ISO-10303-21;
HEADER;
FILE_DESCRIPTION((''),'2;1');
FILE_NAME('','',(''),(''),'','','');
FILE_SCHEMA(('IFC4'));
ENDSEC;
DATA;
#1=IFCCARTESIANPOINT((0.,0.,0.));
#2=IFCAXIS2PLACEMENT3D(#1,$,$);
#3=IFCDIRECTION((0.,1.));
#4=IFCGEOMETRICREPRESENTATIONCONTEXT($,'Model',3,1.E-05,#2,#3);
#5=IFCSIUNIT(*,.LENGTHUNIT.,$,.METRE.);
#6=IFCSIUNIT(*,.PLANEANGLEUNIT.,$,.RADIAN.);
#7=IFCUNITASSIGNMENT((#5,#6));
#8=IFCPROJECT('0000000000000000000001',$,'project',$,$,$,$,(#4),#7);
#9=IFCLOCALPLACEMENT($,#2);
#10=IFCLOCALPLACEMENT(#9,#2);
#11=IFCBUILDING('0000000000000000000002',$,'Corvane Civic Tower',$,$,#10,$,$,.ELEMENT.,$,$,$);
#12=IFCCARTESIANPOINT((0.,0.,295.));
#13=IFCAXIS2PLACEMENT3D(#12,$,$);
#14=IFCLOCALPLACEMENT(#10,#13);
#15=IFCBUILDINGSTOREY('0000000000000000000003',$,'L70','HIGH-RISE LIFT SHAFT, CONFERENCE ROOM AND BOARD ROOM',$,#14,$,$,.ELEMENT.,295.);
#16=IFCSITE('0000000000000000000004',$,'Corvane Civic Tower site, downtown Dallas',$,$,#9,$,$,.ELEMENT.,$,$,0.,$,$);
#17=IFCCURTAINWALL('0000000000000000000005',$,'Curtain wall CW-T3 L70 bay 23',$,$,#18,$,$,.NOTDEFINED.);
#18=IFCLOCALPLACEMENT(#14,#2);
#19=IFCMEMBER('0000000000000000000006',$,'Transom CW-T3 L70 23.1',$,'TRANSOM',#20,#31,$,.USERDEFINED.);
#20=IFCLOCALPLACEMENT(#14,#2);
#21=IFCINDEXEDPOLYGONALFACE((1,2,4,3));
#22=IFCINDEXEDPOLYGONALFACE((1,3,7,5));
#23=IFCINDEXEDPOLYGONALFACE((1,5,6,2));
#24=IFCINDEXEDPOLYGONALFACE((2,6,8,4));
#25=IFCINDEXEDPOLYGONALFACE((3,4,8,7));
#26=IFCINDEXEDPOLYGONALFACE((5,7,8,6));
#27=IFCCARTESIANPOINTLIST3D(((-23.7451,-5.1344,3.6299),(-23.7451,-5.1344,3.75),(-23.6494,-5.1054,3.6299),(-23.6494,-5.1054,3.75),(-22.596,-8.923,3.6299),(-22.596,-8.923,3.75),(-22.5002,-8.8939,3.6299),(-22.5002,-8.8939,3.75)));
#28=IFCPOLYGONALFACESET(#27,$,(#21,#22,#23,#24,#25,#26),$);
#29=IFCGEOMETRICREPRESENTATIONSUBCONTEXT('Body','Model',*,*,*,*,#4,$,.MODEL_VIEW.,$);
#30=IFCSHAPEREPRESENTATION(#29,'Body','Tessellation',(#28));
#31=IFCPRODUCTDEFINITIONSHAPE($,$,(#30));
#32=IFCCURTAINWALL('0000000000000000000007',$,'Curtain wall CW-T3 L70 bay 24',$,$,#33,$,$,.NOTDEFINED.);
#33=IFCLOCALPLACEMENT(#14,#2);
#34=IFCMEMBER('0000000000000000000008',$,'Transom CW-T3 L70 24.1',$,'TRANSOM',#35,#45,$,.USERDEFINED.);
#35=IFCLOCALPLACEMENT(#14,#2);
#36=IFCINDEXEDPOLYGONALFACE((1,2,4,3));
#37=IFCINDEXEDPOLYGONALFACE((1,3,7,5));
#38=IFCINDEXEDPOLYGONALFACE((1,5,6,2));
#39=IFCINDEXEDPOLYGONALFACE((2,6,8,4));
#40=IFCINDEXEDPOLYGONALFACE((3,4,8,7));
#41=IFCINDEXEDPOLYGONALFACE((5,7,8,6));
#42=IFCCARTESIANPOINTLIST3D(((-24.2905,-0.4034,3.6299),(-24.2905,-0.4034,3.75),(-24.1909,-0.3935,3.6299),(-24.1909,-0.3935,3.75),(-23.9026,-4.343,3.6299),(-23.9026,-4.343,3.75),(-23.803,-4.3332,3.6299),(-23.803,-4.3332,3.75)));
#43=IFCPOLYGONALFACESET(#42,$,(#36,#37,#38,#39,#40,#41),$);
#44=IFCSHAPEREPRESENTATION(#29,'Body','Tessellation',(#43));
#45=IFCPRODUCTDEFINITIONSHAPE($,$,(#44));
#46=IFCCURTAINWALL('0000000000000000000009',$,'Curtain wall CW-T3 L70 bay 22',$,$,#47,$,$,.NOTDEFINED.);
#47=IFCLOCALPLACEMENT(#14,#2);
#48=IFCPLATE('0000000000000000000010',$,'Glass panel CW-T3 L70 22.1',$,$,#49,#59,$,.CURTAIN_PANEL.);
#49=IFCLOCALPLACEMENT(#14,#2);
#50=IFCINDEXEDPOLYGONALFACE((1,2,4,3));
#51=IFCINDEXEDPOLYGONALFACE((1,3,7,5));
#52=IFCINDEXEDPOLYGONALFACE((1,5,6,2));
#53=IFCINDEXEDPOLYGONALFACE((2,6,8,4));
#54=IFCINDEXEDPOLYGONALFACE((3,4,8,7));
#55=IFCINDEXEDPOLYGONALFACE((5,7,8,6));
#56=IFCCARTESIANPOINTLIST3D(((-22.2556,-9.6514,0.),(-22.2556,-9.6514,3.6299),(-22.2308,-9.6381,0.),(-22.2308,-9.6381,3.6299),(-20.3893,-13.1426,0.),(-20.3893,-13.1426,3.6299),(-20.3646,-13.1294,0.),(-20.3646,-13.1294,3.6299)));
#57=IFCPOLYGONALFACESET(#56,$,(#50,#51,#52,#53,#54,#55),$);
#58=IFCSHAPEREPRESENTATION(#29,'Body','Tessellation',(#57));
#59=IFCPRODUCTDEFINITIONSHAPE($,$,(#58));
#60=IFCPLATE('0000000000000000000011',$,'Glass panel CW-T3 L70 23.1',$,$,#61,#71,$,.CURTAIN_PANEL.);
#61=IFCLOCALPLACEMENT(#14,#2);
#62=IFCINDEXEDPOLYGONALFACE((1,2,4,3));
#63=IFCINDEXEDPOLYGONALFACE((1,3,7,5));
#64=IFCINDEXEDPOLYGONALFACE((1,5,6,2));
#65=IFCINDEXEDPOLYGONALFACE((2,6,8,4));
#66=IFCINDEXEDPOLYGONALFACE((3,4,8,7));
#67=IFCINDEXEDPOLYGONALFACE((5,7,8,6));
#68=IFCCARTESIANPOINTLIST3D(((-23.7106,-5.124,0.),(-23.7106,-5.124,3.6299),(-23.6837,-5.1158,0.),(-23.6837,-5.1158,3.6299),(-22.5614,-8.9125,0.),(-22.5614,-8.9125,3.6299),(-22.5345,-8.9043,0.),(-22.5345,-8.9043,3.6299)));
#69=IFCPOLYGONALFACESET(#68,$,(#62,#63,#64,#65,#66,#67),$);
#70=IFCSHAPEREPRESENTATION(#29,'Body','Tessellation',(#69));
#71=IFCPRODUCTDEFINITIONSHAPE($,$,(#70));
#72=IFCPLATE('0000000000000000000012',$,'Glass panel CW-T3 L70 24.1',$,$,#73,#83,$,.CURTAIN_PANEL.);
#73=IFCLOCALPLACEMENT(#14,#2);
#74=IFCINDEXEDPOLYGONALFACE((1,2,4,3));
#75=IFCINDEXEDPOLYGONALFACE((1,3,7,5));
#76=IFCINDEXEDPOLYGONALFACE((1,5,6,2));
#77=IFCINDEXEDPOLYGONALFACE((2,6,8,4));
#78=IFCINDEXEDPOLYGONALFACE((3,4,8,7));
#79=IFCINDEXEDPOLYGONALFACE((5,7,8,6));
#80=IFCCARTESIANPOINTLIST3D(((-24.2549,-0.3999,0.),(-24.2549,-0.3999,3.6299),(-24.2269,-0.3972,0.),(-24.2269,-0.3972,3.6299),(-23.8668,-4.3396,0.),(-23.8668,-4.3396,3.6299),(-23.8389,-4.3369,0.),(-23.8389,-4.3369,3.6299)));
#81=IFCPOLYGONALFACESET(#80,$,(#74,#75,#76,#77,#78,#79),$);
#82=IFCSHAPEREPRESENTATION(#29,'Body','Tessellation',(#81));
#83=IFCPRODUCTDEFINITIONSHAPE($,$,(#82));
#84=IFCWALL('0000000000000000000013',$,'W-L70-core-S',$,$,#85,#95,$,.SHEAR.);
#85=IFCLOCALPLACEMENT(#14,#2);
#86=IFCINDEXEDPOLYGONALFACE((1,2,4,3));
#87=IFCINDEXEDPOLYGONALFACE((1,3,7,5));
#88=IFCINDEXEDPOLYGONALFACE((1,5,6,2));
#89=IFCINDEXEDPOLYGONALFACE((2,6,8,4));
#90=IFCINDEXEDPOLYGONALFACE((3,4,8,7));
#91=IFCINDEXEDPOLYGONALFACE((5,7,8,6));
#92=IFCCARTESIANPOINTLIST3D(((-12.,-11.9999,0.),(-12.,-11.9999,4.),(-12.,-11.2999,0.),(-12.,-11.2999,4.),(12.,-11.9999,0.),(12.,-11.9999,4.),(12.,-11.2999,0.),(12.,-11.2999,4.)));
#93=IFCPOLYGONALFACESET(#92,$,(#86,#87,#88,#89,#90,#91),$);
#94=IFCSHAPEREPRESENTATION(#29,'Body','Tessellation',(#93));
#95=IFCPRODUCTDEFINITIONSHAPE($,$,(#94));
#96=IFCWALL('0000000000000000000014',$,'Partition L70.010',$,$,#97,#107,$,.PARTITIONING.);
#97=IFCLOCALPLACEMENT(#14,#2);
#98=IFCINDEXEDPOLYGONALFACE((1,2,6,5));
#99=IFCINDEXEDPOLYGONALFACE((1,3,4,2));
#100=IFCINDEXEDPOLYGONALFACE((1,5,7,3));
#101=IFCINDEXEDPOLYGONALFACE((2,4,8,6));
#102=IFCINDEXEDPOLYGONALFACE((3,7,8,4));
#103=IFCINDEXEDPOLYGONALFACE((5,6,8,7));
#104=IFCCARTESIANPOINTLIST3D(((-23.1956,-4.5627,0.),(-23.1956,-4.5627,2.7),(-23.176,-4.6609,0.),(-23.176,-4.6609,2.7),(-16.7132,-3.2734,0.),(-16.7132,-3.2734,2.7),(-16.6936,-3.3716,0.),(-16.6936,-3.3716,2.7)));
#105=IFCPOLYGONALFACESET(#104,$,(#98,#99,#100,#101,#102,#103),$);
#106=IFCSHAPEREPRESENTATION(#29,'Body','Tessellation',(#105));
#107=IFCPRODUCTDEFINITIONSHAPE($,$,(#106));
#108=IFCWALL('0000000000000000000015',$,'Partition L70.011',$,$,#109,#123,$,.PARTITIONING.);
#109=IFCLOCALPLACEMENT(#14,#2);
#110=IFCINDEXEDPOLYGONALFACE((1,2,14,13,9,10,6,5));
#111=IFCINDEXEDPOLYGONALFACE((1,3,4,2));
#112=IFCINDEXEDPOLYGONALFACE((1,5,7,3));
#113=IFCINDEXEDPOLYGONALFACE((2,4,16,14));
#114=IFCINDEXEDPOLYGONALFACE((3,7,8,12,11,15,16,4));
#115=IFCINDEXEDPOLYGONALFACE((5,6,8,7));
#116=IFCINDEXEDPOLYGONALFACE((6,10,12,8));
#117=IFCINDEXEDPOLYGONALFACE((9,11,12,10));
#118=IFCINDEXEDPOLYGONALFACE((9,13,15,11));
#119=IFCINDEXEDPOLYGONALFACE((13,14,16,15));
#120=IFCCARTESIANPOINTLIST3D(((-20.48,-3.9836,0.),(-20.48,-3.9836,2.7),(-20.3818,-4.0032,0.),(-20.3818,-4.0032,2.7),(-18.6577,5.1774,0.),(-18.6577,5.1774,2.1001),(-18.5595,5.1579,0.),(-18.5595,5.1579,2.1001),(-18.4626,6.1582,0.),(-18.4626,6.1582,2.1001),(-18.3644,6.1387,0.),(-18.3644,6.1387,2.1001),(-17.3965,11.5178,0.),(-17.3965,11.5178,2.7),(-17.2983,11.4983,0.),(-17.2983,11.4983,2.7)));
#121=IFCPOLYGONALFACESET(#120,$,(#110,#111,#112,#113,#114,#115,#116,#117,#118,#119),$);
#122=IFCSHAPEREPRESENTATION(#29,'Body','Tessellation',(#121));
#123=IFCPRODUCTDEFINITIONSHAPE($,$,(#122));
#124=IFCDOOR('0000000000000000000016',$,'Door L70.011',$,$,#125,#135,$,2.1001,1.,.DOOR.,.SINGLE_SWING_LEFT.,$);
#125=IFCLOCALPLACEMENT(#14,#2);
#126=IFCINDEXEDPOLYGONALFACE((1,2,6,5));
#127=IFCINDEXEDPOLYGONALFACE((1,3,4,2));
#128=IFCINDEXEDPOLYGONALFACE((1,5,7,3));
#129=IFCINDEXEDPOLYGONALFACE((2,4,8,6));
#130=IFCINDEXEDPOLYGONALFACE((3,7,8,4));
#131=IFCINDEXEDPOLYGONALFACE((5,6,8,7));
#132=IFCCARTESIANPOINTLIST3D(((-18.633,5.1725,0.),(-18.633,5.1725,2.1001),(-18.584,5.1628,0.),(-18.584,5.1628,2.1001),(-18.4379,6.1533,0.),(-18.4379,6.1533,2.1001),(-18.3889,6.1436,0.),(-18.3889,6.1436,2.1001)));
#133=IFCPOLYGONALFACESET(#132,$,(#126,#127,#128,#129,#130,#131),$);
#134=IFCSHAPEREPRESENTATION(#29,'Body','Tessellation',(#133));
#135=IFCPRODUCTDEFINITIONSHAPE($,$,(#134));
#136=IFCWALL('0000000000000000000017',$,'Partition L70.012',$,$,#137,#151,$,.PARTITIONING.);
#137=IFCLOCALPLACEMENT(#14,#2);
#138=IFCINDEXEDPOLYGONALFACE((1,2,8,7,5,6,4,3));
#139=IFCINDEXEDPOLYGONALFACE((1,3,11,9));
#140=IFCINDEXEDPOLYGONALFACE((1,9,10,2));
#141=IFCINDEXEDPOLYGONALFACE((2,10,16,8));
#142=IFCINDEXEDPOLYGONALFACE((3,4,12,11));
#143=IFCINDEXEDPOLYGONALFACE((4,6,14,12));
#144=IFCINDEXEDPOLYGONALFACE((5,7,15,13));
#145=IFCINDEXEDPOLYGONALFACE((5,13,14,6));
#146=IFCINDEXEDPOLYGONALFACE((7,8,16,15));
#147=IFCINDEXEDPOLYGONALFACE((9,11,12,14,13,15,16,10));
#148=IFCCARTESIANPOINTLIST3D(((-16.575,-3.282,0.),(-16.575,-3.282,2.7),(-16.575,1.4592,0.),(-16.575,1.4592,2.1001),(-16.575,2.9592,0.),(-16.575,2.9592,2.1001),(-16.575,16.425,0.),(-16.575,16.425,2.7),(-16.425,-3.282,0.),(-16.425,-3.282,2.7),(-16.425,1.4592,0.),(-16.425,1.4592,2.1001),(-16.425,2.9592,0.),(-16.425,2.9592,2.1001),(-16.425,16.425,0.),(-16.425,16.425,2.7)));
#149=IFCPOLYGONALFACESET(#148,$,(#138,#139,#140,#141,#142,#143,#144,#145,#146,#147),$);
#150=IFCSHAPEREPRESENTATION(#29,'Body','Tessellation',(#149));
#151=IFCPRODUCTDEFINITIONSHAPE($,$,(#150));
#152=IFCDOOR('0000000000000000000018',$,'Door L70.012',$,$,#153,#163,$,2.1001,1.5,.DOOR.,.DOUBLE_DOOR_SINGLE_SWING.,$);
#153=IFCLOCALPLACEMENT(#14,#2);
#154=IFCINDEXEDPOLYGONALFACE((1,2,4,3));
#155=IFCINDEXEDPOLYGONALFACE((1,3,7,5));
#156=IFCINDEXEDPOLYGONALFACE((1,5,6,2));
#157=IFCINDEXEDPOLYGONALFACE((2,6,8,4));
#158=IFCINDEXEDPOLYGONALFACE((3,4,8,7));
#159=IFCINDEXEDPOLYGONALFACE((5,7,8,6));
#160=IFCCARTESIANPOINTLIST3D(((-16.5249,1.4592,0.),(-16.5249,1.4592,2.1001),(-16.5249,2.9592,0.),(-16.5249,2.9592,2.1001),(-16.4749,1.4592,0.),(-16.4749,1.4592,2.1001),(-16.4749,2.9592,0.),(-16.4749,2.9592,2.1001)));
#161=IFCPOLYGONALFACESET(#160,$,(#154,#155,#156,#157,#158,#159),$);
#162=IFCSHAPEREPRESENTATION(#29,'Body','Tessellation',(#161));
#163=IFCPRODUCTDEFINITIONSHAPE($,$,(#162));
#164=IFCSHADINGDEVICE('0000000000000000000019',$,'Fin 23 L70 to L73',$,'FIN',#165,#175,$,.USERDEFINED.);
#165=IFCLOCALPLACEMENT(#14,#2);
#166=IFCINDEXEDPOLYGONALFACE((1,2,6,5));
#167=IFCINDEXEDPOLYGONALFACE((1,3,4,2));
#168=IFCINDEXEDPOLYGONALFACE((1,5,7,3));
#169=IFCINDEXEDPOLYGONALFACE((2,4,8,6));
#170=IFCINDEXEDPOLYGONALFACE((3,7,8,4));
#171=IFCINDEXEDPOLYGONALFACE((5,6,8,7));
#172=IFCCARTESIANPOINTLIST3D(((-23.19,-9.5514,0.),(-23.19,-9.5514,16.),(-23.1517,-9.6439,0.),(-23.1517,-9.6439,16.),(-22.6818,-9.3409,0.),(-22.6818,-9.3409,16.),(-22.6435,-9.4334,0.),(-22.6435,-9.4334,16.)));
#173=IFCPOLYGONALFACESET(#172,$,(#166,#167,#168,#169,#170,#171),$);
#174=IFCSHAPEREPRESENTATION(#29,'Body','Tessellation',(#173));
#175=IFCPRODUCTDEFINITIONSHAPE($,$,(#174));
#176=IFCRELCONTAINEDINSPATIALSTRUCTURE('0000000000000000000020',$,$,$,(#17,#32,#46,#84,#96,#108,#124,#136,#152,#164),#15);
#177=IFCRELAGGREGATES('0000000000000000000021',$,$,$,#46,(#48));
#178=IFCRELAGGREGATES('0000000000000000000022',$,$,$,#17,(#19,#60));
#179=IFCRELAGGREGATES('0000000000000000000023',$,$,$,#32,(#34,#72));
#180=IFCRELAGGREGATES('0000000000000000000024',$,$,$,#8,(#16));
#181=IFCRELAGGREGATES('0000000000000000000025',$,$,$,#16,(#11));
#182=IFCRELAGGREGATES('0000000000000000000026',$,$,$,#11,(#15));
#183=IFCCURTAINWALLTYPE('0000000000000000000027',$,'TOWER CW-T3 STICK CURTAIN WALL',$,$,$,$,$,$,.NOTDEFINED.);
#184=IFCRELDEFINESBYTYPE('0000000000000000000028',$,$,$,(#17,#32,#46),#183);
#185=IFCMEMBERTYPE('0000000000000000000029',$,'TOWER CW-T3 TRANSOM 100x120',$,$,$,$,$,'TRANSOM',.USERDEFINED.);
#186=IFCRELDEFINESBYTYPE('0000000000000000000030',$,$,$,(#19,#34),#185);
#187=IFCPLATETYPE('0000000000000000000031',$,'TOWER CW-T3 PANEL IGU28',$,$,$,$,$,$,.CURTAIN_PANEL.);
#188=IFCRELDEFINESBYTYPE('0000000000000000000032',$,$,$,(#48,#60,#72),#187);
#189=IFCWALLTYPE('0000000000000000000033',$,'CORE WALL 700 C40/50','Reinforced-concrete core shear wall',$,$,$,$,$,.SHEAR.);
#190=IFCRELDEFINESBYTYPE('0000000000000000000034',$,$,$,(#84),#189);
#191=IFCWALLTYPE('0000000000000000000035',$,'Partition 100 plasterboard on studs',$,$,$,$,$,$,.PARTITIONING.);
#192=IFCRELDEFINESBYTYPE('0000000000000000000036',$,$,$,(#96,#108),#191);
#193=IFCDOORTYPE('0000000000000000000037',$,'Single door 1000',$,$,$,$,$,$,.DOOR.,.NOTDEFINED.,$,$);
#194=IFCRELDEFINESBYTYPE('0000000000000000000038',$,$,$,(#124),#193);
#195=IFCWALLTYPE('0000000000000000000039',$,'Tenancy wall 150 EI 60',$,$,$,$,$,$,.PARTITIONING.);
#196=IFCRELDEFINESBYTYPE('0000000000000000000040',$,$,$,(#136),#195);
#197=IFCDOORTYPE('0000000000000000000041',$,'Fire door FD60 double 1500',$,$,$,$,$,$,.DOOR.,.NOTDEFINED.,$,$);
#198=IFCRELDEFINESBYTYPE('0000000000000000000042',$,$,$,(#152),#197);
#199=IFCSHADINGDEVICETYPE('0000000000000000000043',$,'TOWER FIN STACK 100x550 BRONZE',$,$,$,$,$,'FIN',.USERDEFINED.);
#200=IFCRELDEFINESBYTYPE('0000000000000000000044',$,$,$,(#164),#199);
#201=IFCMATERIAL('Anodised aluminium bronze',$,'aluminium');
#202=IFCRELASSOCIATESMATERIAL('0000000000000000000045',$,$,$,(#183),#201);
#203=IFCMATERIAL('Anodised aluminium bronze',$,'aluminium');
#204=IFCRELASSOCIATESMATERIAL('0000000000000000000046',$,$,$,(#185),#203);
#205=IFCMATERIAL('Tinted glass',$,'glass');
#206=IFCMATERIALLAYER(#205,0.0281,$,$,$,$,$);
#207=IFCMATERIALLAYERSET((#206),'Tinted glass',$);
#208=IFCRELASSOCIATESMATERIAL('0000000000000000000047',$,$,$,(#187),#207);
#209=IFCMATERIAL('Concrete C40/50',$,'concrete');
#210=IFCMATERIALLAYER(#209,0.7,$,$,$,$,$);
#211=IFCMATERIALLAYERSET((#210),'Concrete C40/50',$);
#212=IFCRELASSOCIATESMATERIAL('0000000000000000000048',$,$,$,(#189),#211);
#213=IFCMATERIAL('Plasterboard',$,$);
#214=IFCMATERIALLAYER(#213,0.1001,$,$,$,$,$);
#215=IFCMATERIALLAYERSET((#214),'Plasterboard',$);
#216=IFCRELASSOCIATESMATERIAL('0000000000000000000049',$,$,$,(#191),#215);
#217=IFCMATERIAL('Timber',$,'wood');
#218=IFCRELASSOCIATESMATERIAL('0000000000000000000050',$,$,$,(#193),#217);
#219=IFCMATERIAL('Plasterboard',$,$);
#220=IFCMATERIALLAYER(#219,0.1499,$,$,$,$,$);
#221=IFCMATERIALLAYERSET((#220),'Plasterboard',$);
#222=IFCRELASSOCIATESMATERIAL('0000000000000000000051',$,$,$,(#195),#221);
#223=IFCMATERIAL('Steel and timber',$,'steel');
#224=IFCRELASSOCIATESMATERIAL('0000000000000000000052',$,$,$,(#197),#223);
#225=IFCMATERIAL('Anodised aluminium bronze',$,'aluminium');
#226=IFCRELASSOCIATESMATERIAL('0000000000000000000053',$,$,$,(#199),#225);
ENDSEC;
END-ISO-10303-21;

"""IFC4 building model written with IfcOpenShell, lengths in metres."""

from ifc_helpers import new_model, si_unit, direction, frame, frame_2d, origin, origin_2d, place, context, subcontext, project, spatial, rectangle, extrude, material, layer, layer_set, material_profile, profile_set, type_object, element, fill, aggregate, save


model = new_model("IFC4")

# Units and contexts
model_context = context("Model", 3, precision=1e-05, world=origin(), true_north=direction((0.0, 1.0)))
body_context = subcontext(model_context, "Body", "Model", "MODEL_VIEW")
ifc_project = project(units=[si_unit("LENGTHUNIT", "METRE"), si_unit("PLANEANGLEUNIT", "RADIAN")], contexts=[model_context])

# Site, building, storey
site_placement = place(None, origin())
site = spatial("IfcSite", under=ifc_project, at=site_placement, Name="Corvane Civic Tower site, downtown Dallas", CompositionType="ELEMENT", RefElevation=0.0)
building_placement = place(site_placement, origin())
building = spatial("IfcBuilding", under=site, at=building_placement, Name="Corvane Civic Tower", CompositionType="ELEMENT")
storey_placement = place(building_placement, frame((0.0, 0.0, 295.0)))
storey = spatial("IfcBuildingStorey", under=building, at=storey_placement, Name="L70", Description="HIGH-RISE LIFT SHAFT, CONFERENCE ROOM AND BOARD ROOM", CompositionType="ELEMENT", Elevation=295.0)

# Curtain walls, members
ifc_material_1 = material(Name="Anodised aluminium bronze", Category="aluminium")
curtain_wall_type = type_object("IfcCurtainWallType", Name="TOWER CW-T3 STICK CURTAIN WALL", PredefinedType="NOTDEFINED", material=ifc_material_1)
curtain_wall_1_placement = place(storey_placement, origin())
curtain_wall_1 = element("IfcCurtainWall", 1, at=curtain_wall_1_placement, inside=storey, type_object=curtain_wall_type, Name="Curtain wall CW-T3 L70 bay 23", PredefinedType="NOTDEFINED")
ifc_material_2 = material(Name="Anodised aluminium bronze", Category="aluminium")
ifc_material_profile_1 = material_profile(ifc_material_2, rectangle(XDim=0.1001, YDim=0.1201, at=origin_2d()), Name="TOWER CW-T3 TRANSOM 100x120")
ifc_profile_set_1 = profile_set([ifc_material_profile_1], Name="Anodised aluminium bronze")
member_type = type_object("IfcMemberType", Name="TOWER CW-T3 TRANSOM 100x120", ElementType="TRANSOM", PredefinedType="USERDEFINED", material=ifc_profile_set_1)
member_1_placement = place(storey_placement, frame((-22.5481, -8.9084, 3.6899), z_axis=(-0.290266, 0.956946, 0.0), x_axis=(-0.956946, -0.290266, 0.0)))
member_1 = element("IfcMember", 2, at=member_1_placement, type_object=member_type, Name="Transom CW-T3 L70 23.1", ObjectType="TRANSOM", PredefinedType="USERDEFINED", context=body_context, shape_type="SweptSolid", body=[
    extrude(rectangle(XDim=0.1001, YDim=0.1201, at=origin_2d()), origin(), (0.0, 0.0, 1.0), 3.959),
])
curtain_wall_2_placement = place(storey_placement, origin())
curtain_wall_2 = element("IfcCurtainWall", 3, at=curtain_wall_2_placement, inside=storey, type_object=curtain_wall_type, Name="Curtain wall CW-T3 L70 bay 24", PredefinedType="NOTDEFINED")
member_2_placement = place(storey_placement, frame((-23.8528, -4.3381, 3.6899), z_axis=(-0.097995, 0.995187, 0.0), x_axis=(-0.995187, -0.097995, 0.0)))
member_2 = element("IfcMember", 4, at=member_2_placement, type_object=member_type, Name="Transom CW-T3 L70 24.1", ObjectType="TRANSOM", PredefinedType="USERDEFINED", context=body_context, shape_type="SweptSolid", body=[
    extrude(rectangle(XDim=0.1001, YDim=0.1201, at=origin_2d()), origin(), (0.0, 0.0, 1.0), 3.9587),
])

# Curtain wall, plate
curtain_wall_3_placement = place(storey_placement, origin())
curtain_wall_3 = element("IfcCurtainWall", 5, at=curtain_wall_3_placement, inside=storey, type_object=curtain_wall_type, Name="Curtain wall CW-T3 L70 bay 22", PredefinedType="NOTDEFINED")
ifc_material_3 = material(Name="Tinted glass", Category="glass")
ifc_layer_1 = layer(ifc_material_3, 0.0281)
ifc_layer_set_1 = layer_set([ifc_layer_1], Name="Tinted glass")
plate_type = type_object("IfcPlateType", Name="TOWER CW-T3 PANEL IGU28", PredefinedType="CURTAIN_PANEL", material=ifc_layer_set_1)
plate_1_placement = place(storey_placement, frame((-21.3101, -11.3904, 0.0), z_axis=(0.0, 0.0, 1.0), x_axis=(-0.471421, 0.881908, 0.0)))
plate_1 = element("IfcPlate", 6, at=plate_1_placement, type_object=plate_type, Name="Glass panel CW-T3 L70 22.1", PredefinedType="CURTAIN_PANEL", context=body_context, shape_type="SweptSolid", body=[
    extrude(rectangle(XDim=3.9587, YDim=0.0281, at=origin_2d()), origin(), (0.0, 0.0, 1.0), 3.6299),
])
aggregate(curtain_wall_3, [plate_1])

# Plates
plate_2_placement = place(storey_placement, frame((-23.1226, -7.0142, 0.0), z_axis=(0.0, 0.0, 1.0), x_axis=(-0.290274, 0.956944, 0.0)))
plate_2 = element("IfcPlate", 7, at=plate_2_placement, type_object=plate_type, Name="Glass panel CW-T3 L70 23.1", PredefinedType="CURTAIN_PANEL", context=body_context, shape_type="SweptSolid", body=[
    extrude(rectangle(XDim=3.959, YDim=0.0281, at=origin_2d()), origin(), (0.0, 0.0, 1.0), 3.6299),
])
aggregate(curtain_wall_1, [member_1, plate_2])
plate_3_placement = place(storey_placement, frame((-24.0469, -2.3684, 0.0), z_axis=(0.0, 0.0, 1.0), x_axis=(-0.098021, 0.995184, 0.0)))
plate_3 = element("IfcPlate", 8, at=plate_3_placement, type_object=plate_type, Name="Glass panel CW-T3 L70 24.1", PredefinedType="CURTAIN_PANEL", context=body_context, shape_type="SweptSolid", body=[
    extrude(rectangle(XDim=3.9587, YDim=0.0281, at=origin_2d()), origin(), (0.0, 0.0, 1.0), 3.6299),
])
aggregate(curtain_wall_2, [member_2, plate_3])

# Walls
ifc_material_4 = material(Name="Concrete C40/50", Category="concrete")
ifc_layer_2 = layer(ifc_material_4, 0.7)
ifc_layer_set_2 = layer_set([ifc_layer_2], Name="Concrete C40/50")
wall_type_1 = type_object("IfcWallType", Name="CORE WALL 700 C40/50", Description="Reinforced-concrete core shear wall", PredefinedType="SHEAR", material=ifc_layer_set_2)
wall_1_placement = place(storey_placement, frame((-12.0, -11.6499, 0.0), z_axis=(0.0, 0.0, 1.0), x_axis=(1.0, 0.0, 0.0)))
element("IfcWall", 9, at=wall_1_placement, inside=storey, type_object=wall_type_1, Name="W-L70-core-S", PredefinedType="SHEAR", context=body_context, shape_type="SweptSolid", body=[
    extrude(rectangle(XDim=24.0, YDim=0.7, at=frame_2d((12.0, 0.0))), origin(), (0.0, 0.0, 1.0), 4.0),
])
ifc_material_5 = material(Name="Plasterboard")
ifc_layer_3 = layer(ifc_material_5, 0.1001)
ifc_layer_set_3 = layer_set([ifc_layer_3], Name="Plasterboard")
wall_type_2 = type_object("IfcWallType", Name="Partition 100 plasterboard on studs", PredefinedType="PARTITIONING", material=ifc_layer_set_3)
wall_2_placement = place(storey_placement, frame((-23.1858, -4.6118, 0.0), z_axis=(0.0, 0.0, 1.0), x_axis=(0.980789, 0.195072, 0.0)))
element("IfcWall", 10, at=wall_2_placement, inside=storey, type_object=wall_type_2, Name="Partition L70.010", PredefinedType="PARTITIONING", context=body_context, shape_type="SweptSolid", body=[
    extrude(rectangle(XDim=6.6094, YDim=0.1001, at=frame_2d((3.3047, 0.0))), origin(), (0.0, 0.0, 1.0), 2.7),
])

# Walls, openings, doors
wall_3_placement = place(storey_placement, frame((-20.4309, -3.9934, 0.0), z_axis=(0.0, 0.0, 1.0), x_axis=(0.195094, 0.980785, 0.0)))
wall_3 = element("IfcWall", 11, at=wall_3_placement, inside=storey, type_object=wall_type_2, Name="Partition L70.011", PredefinedType="PARTITIONING", context=body_context, shape_type="SweptSolid", body=[
    extrude(rectangle(XDim=15.8052, YDim=0.1001, at=frame_2d((7.9026, 0.0))), origin(), (0.0, 0.0, 1.0), 2.7),
])
opening_1_placement = place(wall_3_placement, frame((9.3406, 0.0, 0.0)))
opening_1 = element("IfcOpeningElement", 12, at=opening_1_placement, cuts=wall_3, PredefinedType="OPENING", context=body_context, shape_type="SweptSolid", body=[
    extrude(rectangle(XDim=1.0, YDim=2.1001, at=frame_2d((0.5, 1.05))), frame((0.0, 0.0601, 0.0), z_axis=(0.0, -1.0, 0.0), x_axis=(1.0, 0.0, 0.0)), (0.0, 0.0, 1.0), 0.1201),
])
ifc_material_6 = material(Name="Timber", Category="wood")
door_type_1 = type_object("IfcDoorType", Name="Single door 1000", OperationType="NOTDEFINED", PredefinedType="DOOR", material=ifc_material_6)
door_1_placement = place(opening_1_placement, origin())
door_1 = element("IfcDoor", 13, at=door_1_placement, inside=storey, type_object=door_type_1, Name="Door L70.011", OperationType="SINGLE_SWING_LEFT", OverallHeight=2.1001, OverallWidth=1.0, PredefinedType="DOOR", context=body_context, shape_type="SweptSolid", body=[
    extrude(rectangle(XDim=1.0, YDim=2.1001, at=frame_2d((0.5, 1.05))), frame((0.0, 0.0249, 0.0), z_axis=(0.0, -1.0, 0.0), x_axis=(1.0, 0.0, 0.0)), (0.0, 0.0, 1.0), 0.05),
])
fill(opening_1, door_1)
ifc_material_7 = material(Name="Plasterboard")
ifc_layer_4 = layer(ifc_material_7, 0.1499)
ifc_layer_set_4 = layer_set([ifc_layer_4], Name="Plasterboard")
wall_type_3 = type_object("IfcWallType", Name="Tenancy wall 150 EI 60", PredefinedType="PARTITIONING", material=ifc_layer_set_4)
wall_4_placement = place(storey_placement, frame((-16.5, -3.282, 0.0), z_axis=(0.0, 0.0, 1.0), x_axis=(0.0, 1.0, 0.0)))
wall_4 = element("IfcWall", 14, at=wall_4_placement, inside=storey, type_object=wall_type_3, Name="Partition L70.012", PredefinedType="PARTITIONING", context=body_context, shape_type="SweptSolid", body=[
    extrude(rectangle(XDim=19.707, YDim=0.1499, at=frame_2d((9.8535, 0.0))), origin(), (0.0, 0.0, 1.0), 2.7),
])
opening_2_placement = place(wall_4_placement, frame((4.7412, 0.0, 0.0)))
opening_2 = element("IfcOpeningElement", 15, at=opening_2_placement, cuts=wall_4, PredefinedType="OPENING", context=body_context, shape_type="SweptSolid", body=[
    extrude(rectangle(XDim=1.5, YDim=2.1001, at=frame_2d((0.75, 1.05))), frame((0.0, 0.085, 0.0), z_axis=(0.0, -1.0, 0.0), x_axis=(1.0, 0.0, 0.0)), (0.0, 0.0, 1.0), 0.1699),
])
ifc_material_8 = material(Name="Steel and timber", Category="steel")
door_type_2 = type_object("IfcDoorType", Name="Fire door FD60 double 1500", OperationType="NOTDEFINED", PredefinedType="DOOR", material=ifc_material_8)
door_2_placement = place(opening_2_placement, origin())
door_2 = element("IfcDoor", 16, at=door_2_placement, inside=storey, type_object=door_type_2, Name="Door L70.012", OperationType="DOUBLE_DOOR_SINGLE_SWING", OverallHeight=2.1001, OverallWidth=1.5, PredefinedType="DOOR", context=body_context, shape_type="SweptSolid", body=[
    extrude(rectangle(XDim=1.5, YDim=2.1001, at=frame_2d((0.75, 1.05))), frame((0.0, 0.0249, 0.0), z_axis=(0.0, -1.0, 0.0), x_axis=(1.0, 0.0, 0.0)), (0.0, 0.0, 1.0), 0.05),
])
fill(opening_2, door_2)

# Shading device
ifc_material_9 = material(Name="Anodised aluminium bronze", Category="aluminium")
ifc_material_profile_2 = material_profile(ifc_material_9, rectangle(XDim=0.1001, YDim=0.55, at=origin_2d()), Name="TOWER FIN STACK 100x550 BRONZE")
ifc_profile_set_2 = profile_set([ifc_material_profile_2], Name="Anodised aluminium bronze")
shading_device_type = type_object("IfcShadingDeviceType", Name="TOWER FIN STACK 100x550 BRONZE", ElementType="FIN", PredefinedType="USERDEFINED", material=ifc_profile_set_2)
for number, where, z_axis, x_axis, name in (
    (17, (-22.9167, -9.4924, 0.0), (0.0, 0.0, 1.0), (-0.382683, 0.92388, 0.0), "Fin 23 L70 to L73"),
):
    element("IfcShadingDevice", number, at=place(storey_placement, frame(where, z_axis=z_axis, x_axis=x_axis)), inside=storey, type_object=shading_device_type, Name=name, ObjectType="FIN", PredefinedType="USERDEFINED", context=body_context, shape_type="SweptSolid", body=[
        extrude(rectangle(XDim=0.1001, YDim=0.55, at=origin_2d()), origin(), (0.0, 0.0, 1.0), 16.0),
    ])

save(model, "model.ifc")
